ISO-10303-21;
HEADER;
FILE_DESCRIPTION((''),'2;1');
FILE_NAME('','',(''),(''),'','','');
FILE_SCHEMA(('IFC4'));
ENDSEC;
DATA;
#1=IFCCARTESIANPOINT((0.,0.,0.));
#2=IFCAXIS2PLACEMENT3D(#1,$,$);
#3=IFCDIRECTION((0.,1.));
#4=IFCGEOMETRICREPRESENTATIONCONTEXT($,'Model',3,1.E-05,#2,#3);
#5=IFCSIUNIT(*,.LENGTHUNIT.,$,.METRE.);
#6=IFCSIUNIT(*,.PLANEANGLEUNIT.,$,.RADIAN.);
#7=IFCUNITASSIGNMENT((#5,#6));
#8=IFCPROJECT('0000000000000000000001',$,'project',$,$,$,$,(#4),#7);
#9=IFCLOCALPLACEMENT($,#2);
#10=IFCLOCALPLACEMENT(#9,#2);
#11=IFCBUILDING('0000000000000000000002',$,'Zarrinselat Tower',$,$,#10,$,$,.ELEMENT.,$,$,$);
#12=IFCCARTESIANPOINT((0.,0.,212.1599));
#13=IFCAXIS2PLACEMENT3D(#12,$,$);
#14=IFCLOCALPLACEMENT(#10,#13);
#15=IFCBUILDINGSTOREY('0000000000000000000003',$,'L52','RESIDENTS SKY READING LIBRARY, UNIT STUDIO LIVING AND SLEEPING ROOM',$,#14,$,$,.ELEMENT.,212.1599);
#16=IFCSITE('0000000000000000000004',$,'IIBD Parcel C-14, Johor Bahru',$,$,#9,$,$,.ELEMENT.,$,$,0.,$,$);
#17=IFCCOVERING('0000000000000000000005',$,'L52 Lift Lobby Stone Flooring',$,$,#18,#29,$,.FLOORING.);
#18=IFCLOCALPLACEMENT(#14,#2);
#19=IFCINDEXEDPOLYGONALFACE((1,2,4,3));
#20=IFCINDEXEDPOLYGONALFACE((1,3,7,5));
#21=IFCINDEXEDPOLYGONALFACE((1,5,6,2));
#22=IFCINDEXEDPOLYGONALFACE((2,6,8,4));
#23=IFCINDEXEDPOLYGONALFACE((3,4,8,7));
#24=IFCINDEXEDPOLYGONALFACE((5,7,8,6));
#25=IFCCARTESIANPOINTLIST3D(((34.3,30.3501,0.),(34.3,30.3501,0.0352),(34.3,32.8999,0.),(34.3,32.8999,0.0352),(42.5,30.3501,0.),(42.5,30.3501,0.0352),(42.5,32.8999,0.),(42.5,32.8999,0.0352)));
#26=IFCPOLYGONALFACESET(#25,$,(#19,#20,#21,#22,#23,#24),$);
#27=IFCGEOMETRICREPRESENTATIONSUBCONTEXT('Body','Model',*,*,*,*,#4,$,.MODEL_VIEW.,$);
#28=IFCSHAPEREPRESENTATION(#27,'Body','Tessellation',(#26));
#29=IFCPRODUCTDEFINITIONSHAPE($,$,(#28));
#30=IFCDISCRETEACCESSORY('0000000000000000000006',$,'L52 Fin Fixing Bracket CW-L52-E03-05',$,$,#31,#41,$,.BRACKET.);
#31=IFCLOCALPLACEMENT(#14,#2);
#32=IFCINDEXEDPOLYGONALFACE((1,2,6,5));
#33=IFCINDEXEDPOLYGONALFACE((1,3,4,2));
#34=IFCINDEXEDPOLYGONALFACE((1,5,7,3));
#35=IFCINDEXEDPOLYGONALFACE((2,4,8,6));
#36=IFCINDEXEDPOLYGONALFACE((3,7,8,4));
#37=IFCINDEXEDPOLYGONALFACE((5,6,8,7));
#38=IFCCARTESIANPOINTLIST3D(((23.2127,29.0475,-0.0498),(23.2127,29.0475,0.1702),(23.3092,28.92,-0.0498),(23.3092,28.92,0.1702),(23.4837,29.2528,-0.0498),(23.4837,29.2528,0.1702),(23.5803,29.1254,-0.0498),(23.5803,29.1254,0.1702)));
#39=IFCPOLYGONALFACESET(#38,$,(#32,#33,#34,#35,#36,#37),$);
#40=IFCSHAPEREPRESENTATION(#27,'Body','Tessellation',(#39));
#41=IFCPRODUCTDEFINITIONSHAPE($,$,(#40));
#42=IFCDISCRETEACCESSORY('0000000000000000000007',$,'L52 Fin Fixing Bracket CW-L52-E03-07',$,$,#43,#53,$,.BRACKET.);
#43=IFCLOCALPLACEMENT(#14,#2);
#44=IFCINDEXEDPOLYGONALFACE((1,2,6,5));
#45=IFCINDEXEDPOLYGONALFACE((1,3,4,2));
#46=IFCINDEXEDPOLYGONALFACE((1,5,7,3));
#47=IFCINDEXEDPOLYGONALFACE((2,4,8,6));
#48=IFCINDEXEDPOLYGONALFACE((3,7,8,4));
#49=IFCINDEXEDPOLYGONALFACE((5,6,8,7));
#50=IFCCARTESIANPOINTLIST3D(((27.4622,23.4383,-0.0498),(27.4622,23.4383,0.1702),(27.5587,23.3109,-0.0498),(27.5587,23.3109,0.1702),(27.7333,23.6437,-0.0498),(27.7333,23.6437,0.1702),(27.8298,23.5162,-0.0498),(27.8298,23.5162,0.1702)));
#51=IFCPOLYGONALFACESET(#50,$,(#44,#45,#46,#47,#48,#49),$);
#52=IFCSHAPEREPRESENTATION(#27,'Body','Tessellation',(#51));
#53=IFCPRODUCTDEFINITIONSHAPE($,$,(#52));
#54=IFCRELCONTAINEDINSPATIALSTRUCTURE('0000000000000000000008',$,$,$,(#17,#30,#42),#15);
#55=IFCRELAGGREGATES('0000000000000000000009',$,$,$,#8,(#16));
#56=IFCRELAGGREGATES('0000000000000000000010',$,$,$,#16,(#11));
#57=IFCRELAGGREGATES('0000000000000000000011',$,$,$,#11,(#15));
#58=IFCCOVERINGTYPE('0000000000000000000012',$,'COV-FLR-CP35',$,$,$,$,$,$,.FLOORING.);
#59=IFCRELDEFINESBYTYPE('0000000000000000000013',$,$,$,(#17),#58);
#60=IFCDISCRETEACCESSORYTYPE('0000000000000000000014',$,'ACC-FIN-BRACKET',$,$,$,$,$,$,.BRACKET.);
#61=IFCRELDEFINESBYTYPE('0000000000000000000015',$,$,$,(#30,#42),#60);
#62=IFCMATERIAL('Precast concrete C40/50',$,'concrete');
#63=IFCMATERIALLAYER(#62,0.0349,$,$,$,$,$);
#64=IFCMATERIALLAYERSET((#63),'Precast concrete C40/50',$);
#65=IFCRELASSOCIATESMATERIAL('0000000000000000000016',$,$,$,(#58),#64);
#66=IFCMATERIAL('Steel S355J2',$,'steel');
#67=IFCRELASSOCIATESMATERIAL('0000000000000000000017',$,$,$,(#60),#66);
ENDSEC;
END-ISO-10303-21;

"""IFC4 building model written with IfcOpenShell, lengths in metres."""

from ifc_helpers import new_model, si_unit, direction, frame, origin, origin_2d, place, context, subcontext, project, spatial, polyline, rectangle, outline, extrude, material, layer, layer_set, type_object, element, save


model = new_model("IFC4")

# Units and contexts
model_context = context("Model", 3, precision=1e-05, world=origin(), true_north=direction((0.0, 1.0)))
body_context = subcontext(model_context, "Body", "Model", "MODEL_VIEW")
ifc_project = project(units=[si_unit("LENGTHUNIT", "METRE"), si_unit("PLANEANGLEUNIT", "RADIAN")], contexts=[model_context])

# Site, building, storey
site_placement = place(None, origin())
site = spatial("IfcSite", under=ifc_project, at=site_placement, Name="IIBD Parcel C-14, Johor Bahru", CompositionType="ELEMENT", RefElevation=0.0)
building_placement = place(site_placement, origin())
building = spatial("IfcBuilding", under=site, at=building_placement, Name="Zarrinselat Tower", CompositionType="ELEMENT")
storey_placement = place(building_placement, frame((0.0, 0.0, 212.1599)))
storey = spatial("IfcBuildingStorey", under=building, at=storey_placement, Name="L52", Description="RESIDENTS SKY READING LIBRARY, UNIT STUDIO LIVING AND SLEEPING ROOM", CompositionType="ELEMENT", Elevation=212.1599)

# Covering
ifc_material_1 = material(Name="Precast concrete C40/50", Category="concrete")
ifc_layer_1 = layer(ifc_material_1, 0.0349)
ifc_layer_set_1 = layer_set([ifc_layer_1], Name="Precast concrete C40/50")
covering_type_1 = type_object("IfcCoveringType", Name="COV-FLR-CP35", PredefinedType="FLOORING", material=ifc_layer_set_1)
covering_1_placement = place(storey_placement, origin())
element("IfcCovering", 1, at=covering_1_placement, inside=storey, type_object=covering_type_1, Name="L52 Lift Lobby Stone Flooring", PredefinedType="FLOORING", context=body_context, shape_type="SweptSolid", body=[
    extrude(outline(polyline([(34.3, 30.3501), (42.5, 30.3501), (42.5, 32.8999), (34.3, 32.8999), (34.3, 30.3501)])), origin(), (0.0, 0.0, 1.0), 0.0352),
])

# Discrete accessories
ifc_material_2 = material(Name="Steel S355J2", Category="steel")
discrete_accessory_type = type_object("IfcDiscreteAccessoryType", Name="ACC-FIN-BRACKET", PredefinedType="BRACKET", material=ifc_material_2)
for number, where, z_axis, x_axis, name in (
    (2, (23.3965, 29.0864, -0.0498), (0.0, 0.0, 1.0), (-0.797091, -0.603859, 0.0), "L52 Fin Fixing Bracket CW-L52-E03-05"),
    (3, (27.646, 23.4773, -0.0498), (0.0, 0.0, 1.0), (-0.797091, -0.603859, 0.0), "L52 Fin Fixing Bracket CW-L52-E03-07"),
):
    element("IfcDiscreteAccessory", number, at=place(storey_placement, frame(where, z_axis=z_axis, x_axis=x_axis)), inside=storey, type_object=discrete_accessory_type, Name=name, PredefinedType="BRACKET", context=body_context, shape_type="SweptSolid", body=[
        extrude(rectangle(XDim=0.3401, YDim=0.1599, at=origin_2d()), origin(), (0.0, 0.0, 1.0), 0.22),
    ])

save(model, "model.ifc")
